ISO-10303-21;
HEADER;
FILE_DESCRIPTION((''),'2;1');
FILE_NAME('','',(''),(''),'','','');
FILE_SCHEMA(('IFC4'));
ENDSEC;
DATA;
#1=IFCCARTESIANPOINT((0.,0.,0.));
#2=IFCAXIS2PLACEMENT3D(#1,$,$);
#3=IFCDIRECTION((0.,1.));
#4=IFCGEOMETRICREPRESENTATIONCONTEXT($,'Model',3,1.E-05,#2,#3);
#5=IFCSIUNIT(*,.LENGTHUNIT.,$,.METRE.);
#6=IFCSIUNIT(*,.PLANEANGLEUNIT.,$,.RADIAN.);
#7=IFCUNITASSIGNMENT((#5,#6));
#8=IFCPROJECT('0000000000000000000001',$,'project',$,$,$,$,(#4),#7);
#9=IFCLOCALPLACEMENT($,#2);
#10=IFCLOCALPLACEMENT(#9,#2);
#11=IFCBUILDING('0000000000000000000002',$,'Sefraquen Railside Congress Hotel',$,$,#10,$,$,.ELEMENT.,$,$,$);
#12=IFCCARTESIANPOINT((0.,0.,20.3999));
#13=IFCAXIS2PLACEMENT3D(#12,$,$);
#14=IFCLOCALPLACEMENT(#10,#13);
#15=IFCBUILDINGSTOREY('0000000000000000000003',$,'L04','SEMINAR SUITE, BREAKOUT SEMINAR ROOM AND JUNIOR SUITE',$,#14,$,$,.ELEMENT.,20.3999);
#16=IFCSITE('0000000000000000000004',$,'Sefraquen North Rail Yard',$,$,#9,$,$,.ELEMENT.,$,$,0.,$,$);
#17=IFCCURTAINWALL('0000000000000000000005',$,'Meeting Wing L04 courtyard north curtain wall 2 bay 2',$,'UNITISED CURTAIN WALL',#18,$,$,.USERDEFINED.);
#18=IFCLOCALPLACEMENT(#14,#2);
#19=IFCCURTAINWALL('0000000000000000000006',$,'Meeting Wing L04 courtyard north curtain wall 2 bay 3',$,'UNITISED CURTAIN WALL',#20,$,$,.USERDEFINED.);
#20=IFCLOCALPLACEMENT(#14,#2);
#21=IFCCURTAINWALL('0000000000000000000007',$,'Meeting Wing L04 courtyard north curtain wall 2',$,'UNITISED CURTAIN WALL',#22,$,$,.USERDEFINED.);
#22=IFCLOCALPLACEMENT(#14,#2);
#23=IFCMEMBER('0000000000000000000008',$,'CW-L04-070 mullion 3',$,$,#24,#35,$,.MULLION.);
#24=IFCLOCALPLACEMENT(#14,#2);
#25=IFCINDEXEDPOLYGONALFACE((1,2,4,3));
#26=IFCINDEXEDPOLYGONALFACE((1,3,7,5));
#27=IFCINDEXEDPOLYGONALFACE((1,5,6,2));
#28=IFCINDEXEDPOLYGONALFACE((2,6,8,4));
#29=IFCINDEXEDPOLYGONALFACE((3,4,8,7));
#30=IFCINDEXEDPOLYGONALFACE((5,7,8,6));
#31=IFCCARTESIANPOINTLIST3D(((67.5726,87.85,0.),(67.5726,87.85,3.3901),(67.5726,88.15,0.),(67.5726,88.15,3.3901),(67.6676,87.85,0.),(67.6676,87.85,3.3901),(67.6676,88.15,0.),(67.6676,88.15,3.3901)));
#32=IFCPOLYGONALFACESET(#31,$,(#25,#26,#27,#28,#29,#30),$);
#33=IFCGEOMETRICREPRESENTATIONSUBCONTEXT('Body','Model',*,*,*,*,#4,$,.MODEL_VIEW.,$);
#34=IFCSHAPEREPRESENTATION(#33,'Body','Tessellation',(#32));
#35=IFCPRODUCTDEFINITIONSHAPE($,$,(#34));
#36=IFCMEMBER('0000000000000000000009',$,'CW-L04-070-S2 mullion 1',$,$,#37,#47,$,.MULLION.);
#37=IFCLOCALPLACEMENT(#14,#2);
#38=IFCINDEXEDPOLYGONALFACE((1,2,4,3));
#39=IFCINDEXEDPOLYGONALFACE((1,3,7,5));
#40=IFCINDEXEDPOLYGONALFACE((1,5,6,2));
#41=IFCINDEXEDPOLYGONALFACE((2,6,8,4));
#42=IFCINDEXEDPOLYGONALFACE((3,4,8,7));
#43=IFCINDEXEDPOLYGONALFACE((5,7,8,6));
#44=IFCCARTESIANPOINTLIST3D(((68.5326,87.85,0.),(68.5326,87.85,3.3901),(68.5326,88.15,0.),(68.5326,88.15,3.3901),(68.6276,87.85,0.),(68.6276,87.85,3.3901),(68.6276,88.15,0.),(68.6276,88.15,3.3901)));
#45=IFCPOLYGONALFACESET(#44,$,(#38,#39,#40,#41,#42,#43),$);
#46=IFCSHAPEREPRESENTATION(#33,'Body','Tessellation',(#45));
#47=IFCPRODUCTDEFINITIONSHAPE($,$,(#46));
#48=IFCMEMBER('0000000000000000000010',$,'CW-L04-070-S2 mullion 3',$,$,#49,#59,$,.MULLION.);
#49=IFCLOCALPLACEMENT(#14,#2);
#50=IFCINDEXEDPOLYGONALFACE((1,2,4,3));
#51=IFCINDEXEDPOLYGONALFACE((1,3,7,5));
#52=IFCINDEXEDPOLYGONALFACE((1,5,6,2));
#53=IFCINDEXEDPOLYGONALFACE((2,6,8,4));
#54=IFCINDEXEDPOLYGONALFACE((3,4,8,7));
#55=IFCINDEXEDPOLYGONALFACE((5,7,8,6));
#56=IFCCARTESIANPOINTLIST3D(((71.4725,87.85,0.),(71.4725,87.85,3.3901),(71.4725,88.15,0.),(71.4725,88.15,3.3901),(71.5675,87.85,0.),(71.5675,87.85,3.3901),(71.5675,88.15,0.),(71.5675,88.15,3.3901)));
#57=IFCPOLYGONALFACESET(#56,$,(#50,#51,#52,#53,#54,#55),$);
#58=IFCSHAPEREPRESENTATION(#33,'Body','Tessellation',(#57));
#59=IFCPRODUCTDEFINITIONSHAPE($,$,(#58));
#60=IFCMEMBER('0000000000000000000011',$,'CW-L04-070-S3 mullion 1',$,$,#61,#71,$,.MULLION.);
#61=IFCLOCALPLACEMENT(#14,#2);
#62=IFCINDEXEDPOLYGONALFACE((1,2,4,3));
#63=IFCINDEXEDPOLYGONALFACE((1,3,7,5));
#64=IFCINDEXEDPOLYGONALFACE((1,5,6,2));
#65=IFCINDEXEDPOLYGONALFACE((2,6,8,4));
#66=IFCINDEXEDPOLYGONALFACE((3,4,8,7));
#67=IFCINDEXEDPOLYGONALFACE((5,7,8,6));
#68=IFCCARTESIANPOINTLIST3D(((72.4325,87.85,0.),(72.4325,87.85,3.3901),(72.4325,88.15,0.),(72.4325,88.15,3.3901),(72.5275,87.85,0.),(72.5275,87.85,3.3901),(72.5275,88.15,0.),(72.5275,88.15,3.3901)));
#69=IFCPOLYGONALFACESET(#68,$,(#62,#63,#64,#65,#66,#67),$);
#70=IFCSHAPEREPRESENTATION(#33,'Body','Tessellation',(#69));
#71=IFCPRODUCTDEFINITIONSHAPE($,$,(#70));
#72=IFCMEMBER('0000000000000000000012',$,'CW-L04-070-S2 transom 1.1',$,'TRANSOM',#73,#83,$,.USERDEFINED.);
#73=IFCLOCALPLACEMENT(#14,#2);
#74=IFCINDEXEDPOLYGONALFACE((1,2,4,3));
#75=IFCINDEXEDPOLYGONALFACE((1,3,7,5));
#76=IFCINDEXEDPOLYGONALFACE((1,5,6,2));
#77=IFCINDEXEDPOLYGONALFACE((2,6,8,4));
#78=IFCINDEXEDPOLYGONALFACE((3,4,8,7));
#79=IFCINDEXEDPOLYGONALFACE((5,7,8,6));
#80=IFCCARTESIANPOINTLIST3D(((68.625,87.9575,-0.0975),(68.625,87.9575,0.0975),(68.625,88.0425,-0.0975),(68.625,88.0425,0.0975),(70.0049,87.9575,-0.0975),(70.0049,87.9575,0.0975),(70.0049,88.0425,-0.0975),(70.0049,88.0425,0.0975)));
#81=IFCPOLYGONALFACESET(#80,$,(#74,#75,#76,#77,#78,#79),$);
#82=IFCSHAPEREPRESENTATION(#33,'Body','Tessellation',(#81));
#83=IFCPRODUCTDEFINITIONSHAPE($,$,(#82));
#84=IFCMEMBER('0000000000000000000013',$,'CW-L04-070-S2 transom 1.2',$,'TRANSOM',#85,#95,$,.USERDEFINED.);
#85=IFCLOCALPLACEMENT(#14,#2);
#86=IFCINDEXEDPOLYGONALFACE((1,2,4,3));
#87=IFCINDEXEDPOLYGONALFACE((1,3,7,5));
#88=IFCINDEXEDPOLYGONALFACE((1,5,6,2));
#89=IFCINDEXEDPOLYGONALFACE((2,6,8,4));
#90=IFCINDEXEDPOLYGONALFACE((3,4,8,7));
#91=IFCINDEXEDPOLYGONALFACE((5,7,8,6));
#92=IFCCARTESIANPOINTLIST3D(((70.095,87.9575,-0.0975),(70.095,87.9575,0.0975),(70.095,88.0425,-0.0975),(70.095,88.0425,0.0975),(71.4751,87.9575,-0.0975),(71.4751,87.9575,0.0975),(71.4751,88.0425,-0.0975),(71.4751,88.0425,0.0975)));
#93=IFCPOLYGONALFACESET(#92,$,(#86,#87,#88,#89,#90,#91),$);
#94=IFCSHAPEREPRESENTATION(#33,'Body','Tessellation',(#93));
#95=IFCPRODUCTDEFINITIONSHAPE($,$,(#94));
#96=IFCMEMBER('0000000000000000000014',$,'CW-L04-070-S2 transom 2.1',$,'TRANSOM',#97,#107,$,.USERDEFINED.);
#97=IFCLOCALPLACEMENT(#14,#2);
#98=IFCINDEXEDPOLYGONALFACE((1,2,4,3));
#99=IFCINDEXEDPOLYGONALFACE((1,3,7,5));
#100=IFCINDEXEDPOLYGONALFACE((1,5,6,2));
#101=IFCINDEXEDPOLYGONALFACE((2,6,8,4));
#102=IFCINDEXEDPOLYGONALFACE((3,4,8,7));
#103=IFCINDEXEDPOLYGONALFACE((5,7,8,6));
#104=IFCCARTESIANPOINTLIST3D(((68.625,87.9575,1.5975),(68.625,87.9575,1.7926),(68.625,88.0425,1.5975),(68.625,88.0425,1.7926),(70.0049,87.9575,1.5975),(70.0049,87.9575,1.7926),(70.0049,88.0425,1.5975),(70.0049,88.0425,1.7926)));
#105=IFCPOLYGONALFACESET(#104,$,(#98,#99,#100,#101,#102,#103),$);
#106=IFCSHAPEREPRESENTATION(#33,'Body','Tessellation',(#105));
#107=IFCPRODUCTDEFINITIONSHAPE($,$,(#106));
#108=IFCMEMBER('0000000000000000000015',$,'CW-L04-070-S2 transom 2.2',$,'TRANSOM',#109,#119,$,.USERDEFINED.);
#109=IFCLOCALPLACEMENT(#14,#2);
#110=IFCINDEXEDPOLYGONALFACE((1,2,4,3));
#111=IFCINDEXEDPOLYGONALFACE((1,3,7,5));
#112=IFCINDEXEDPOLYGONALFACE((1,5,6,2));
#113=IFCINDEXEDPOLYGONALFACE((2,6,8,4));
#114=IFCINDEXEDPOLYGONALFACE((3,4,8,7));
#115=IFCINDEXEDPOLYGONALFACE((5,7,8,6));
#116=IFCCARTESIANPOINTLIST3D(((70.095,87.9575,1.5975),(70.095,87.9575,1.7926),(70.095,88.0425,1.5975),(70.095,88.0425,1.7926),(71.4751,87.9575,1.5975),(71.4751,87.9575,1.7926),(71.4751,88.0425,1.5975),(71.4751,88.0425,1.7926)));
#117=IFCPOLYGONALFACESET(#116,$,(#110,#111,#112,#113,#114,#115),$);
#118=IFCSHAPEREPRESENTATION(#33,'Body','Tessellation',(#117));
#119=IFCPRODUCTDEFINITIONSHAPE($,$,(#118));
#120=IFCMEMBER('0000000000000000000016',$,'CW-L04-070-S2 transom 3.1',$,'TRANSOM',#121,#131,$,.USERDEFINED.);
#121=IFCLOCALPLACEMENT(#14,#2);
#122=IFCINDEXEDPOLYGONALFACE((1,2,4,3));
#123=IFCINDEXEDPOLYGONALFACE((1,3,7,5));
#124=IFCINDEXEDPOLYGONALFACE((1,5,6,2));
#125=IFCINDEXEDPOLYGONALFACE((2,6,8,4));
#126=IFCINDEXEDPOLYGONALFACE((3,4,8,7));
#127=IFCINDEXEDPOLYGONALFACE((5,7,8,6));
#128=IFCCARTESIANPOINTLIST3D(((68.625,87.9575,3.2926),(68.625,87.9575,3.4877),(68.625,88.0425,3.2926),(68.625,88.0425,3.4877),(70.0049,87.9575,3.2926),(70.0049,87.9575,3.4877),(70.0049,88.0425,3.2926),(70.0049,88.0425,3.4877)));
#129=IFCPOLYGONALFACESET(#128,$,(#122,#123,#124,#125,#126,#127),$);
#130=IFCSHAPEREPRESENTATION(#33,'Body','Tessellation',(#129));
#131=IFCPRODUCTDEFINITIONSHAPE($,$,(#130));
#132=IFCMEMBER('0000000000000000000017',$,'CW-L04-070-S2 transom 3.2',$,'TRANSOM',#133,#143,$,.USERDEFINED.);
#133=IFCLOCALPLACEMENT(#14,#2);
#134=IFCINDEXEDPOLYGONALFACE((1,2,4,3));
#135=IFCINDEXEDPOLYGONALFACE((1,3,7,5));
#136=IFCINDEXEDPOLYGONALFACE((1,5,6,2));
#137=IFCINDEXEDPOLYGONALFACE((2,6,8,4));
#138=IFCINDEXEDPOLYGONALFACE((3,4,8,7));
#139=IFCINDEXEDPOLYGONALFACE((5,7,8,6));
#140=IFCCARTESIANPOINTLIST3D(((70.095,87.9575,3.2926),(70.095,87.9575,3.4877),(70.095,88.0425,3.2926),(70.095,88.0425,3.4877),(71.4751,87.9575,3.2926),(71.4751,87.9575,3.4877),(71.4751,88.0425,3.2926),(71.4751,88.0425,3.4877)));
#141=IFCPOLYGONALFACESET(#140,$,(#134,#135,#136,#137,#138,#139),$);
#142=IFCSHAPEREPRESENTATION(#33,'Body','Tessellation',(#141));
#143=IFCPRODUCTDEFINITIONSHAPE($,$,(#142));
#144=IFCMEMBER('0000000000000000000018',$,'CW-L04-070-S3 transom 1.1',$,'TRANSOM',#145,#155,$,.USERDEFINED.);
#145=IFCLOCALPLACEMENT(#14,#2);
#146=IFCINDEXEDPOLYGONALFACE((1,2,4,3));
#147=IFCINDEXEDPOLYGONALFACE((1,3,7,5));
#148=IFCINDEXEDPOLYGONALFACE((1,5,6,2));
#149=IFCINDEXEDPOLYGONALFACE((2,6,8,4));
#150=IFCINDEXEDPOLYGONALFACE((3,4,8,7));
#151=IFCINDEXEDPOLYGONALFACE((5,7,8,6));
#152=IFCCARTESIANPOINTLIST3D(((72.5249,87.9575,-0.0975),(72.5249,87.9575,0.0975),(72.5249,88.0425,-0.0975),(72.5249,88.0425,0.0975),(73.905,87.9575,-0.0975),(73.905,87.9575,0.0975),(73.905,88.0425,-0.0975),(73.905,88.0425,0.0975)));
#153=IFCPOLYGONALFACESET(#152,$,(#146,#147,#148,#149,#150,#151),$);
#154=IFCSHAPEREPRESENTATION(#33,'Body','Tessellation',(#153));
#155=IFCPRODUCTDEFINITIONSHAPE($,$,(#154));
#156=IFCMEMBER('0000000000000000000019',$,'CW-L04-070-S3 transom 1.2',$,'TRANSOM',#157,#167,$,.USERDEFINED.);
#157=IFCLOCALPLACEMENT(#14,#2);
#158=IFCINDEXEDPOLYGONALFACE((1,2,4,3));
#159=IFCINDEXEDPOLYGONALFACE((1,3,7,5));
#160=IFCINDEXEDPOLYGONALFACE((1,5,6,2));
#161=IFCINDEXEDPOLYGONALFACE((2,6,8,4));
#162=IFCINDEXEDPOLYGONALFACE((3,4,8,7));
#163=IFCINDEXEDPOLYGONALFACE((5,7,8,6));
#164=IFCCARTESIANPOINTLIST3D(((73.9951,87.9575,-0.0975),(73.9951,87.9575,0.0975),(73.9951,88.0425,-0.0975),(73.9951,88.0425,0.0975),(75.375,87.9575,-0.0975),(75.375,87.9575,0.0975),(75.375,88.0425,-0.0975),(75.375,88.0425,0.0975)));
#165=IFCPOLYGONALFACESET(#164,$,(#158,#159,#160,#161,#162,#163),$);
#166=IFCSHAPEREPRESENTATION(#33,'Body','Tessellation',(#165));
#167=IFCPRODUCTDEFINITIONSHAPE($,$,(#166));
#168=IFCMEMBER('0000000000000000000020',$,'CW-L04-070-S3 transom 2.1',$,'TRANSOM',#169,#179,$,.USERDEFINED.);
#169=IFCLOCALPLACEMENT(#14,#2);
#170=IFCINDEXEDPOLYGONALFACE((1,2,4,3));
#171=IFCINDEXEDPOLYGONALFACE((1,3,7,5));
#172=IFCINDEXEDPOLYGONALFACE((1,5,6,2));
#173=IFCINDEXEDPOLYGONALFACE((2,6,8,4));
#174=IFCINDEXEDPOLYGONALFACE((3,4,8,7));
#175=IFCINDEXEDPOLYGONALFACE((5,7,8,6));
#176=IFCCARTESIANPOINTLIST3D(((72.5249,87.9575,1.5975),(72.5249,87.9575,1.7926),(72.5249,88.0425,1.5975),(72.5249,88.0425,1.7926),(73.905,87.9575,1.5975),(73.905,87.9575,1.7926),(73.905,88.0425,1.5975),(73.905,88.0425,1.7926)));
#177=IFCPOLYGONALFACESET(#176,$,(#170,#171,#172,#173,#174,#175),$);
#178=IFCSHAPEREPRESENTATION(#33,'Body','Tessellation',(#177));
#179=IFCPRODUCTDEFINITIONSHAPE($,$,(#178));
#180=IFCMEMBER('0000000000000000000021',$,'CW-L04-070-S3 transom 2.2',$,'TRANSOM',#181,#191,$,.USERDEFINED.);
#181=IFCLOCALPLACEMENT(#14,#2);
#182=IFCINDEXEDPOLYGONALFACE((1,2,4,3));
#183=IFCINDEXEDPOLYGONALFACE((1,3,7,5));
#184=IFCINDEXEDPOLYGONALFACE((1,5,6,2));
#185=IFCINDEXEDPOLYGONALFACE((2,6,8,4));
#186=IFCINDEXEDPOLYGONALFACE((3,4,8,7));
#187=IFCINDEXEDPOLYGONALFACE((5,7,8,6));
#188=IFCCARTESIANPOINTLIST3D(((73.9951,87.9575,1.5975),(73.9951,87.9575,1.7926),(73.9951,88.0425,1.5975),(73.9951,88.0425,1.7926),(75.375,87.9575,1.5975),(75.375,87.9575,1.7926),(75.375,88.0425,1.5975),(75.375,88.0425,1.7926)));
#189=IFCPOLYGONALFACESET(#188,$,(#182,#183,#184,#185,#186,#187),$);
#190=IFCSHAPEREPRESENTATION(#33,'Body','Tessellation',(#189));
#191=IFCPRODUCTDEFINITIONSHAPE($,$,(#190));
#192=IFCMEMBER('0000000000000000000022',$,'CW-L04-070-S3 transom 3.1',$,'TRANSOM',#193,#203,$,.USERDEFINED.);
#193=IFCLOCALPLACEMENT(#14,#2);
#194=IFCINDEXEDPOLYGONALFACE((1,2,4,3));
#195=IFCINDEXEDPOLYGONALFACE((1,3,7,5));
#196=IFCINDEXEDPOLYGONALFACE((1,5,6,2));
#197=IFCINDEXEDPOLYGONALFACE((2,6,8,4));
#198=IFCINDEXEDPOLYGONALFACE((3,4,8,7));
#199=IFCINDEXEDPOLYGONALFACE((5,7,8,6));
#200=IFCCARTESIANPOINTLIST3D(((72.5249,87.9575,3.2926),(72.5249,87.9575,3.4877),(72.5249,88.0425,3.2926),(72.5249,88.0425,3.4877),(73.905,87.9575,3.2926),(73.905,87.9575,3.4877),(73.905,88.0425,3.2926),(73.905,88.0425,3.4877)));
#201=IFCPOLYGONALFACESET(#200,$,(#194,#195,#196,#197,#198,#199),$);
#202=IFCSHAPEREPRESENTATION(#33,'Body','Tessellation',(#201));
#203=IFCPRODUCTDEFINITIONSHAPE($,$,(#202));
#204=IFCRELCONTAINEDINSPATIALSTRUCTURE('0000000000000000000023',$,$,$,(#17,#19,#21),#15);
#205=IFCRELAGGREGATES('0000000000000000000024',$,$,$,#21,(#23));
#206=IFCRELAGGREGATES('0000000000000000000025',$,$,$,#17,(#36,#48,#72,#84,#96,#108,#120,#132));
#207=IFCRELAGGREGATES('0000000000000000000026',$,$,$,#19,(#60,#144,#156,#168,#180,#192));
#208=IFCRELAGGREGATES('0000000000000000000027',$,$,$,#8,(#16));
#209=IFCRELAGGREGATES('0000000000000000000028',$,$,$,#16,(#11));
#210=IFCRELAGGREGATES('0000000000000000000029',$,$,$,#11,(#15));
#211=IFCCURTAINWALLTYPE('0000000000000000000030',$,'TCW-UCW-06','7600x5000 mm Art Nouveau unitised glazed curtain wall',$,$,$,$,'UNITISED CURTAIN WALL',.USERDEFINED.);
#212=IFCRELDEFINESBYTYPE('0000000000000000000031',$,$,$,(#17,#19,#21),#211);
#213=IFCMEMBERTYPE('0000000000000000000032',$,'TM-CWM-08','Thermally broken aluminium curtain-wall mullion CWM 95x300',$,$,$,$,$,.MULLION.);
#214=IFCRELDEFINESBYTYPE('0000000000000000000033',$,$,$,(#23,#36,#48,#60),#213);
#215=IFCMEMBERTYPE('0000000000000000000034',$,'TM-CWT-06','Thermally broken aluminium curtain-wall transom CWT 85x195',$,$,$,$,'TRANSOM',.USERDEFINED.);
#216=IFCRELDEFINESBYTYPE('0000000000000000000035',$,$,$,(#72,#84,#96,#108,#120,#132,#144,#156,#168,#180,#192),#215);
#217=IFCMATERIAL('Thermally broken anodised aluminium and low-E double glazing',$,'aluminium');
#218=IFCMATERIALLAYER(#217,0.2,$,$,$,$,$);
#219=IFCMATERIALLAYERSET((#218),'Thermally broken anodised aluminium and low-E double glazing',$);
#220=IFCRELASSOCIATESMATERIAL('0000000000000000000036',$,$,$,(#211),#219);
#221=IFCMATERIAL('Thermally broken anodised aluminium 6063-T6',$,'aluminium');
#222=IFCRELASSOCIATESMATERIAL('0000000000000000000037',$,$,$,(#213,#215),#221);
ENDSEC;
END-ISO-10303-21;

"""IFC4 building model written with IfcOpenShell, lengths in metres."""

from ifc_helpers import new_model, si_unit, direction, frame, origin, origin_2d, place, context, subcontext, project, spatial, rectangle, extrude, material, layer, layer_set, material_profile, profile_set, type_object, element, aggregate, save


model = new_model("IFC4")

# Units and contexts
model_context = context("Model", 3, precision=1e-05, world=origin(), true_north=direction((0.0, 1.0)))
body_context = subcontext(model_context, "Body", "Model", "MODEL_VIEW")
ifc_project = project(units=[si_unit("LENGTHUNIT", "METRE"), si_unit("PLANEANGLEUNIT", "RADIAN")], contexts=[model_context])

# Site, building, storey
site_placement = place(None, origin())
site = spatial("IfcSite", under=ifc_project, at=site_placement, Name="Sefraquen North Rail Yard", CompositionType="ELEMENT", RefElevation=0.0)
building_placement = place(site_placement, origin())
building = spatial("IfcBuilding", under=site, at=building_placement, Name="Sefraquen Railside Congress Hotel", CompositionType="ELEMENT")
storey_placement = place(building_placement, frame((0.0, 0.0, 20.3999)))
storey = spatial("IfcBuildingStorey", under=building, at=storey_placement, Name="L04", Description="SEMINAR SUITE, BREAKOUT SEMINAR ROOM AND JUNIOR SUITE", CompositionType="ELEMENT", Elevation=20.3999)

# Curtain walls, member
ifc_material_1 = material(Name="Thermally broken anodised aluminium and low-E double glazing", Category="aluminium")
ifc_layer_1 = layer(ifc_material_1, 0.2)
ifc_layer_set_1 = layer_set([ifc_layer_1], Name="Thermally broken anodised aluminium and low-E double glazing")
curtain_wall_type = type_object("IfcCurtainWallType", Name="TCW-UCW-06", Description="7600x5000 mm Art Nouveau unitised glazed curtain wall", ElementType="UNITISED CURTAIN WALL", PredefinedType="USERDEFINED", material=ifc_layer_set_1)
curtain_wall_1_placement = place(storey_placement, origin())
curtain_wall_1 = element("IfcCurtainWall", 1, at=curtain_wall_1_placement, inside=storey, type_object=curtain_wall_type, Name="Meeting Wing L04 courtyard north curtain wall 2 bay 2", ObjectType="UNITISED CURTAIN WALL", PredefinedType="USERDEFINED")
ifc_material_2 = material(Name="Thermally broken anodised aluminium 6063-T6", Category="aluminium")
curtain_wall_2_placement = place(storey_placement, origin())
curtain_wall_2 = element("IfcCurtainWall", 2, at=curtain_wall_2_placement, inside=storey, type_object=curtain_wall_type, Name="Meeting Wing L04 courtyard north curtain wall 2 bay 3", ObjectType="UNITISED CURTAIN WALL", PredefinedType="USERDEFINED")
curtain_wall_3_placement = place(storey_placement, origin())
curtain_wall_3 = element("IfcCurtainWall", 3, at=curtain_wall_3_placement, inside=storey, type_object=curtain_wall_type, Name="Meeting Wing L04 courtyard north curtain wall 2", ObjectType="UNITISED CURTAIN WALL", PredefinedType="USERDEFINED")
ifc_material_profile_1 = material_profile(ifc_material_2, rectangle(XDim=0.095, YDim=0.3, at=origin_2d()), Name="CWM 95x300")
ifc_profile_set_1 = profile_set([ifc_material_profile_1], Name="Thermally broken anodised aluminium 6063-T6")
member_type_1 = type_object("IfcMemberType", Name="TM-CWM-08", Description="Thermally broken aluminium curtain-wall mullion CWM 95x300", PredefinedType="MULLION", material=ifc_profile_set_1)
member_1_placement = place(storey_placement, frame((67.6201, 88.0, 0.0), z_axis=(0.0, 0.0, 1.0), x_axis=(1.0, 0.0, 0.0)))
member_1 = element("IfcMember", 4, at=member_1_placement, type_object=member_type_1, Name="CW-L04-070 mullion 3", PredefinedType="MULLION", context=body_context, shape_type="SweptSolid", body=[
    extrude(rectangle(XDim=0.095, YDim=0.3, at=origin_2d()), origin(), (0.0, 0.0, 1.0), 3.3901),
])

# Members
member_2_placement = place(storey_placement, frame((68.5801, 88.0, 0.0), z_axis=(0.0, 0.0, 1.0), x_axis=(1.0, 0.0, 0.0)))
member_2 = element("IfcMember", 5, at=member_2_placement, type_object=member_type_1, Name="CW-L04-070-S2 mullion 1", PredefinedType="MULLION", context=body_context, shape_type="SweptSolid", body=[
    extrude(rectangle(XDim=0.095, YDim=0.3, at=origin_2d()), origin(), (0.0, 0.0, 1.0), 3.3901),
])
member_3_placement = place(storey_placement, frame((71.52, 88.0, 0.0), z_axis=(0.0, 0.0, 1.0), x_axis=(1.0, 0.0, 0.0)))
member_3 = element("IfcMember", 6, at=member_3_placement, type_object=member_type_1, Name="CW-L04-070-S2 mullion 3", PredefinedType="MULLION", context=body_context, shape_type="SweptSolid", body=[
    extrude(rectangle(XDim=0.095, YDim=0.3, at=origin_2d()), origin(), (0.0, 0.0, 1.0), 3.3901),
])
member_4_placement = place(storey_placement, frame((72.48, 88.0, 0.0), z_axis=(0.0, 0.0, 1.0), x_axis=(1.0, 0.0, 0.0)))
member_4 = element("IfcMember", 7, at=member_4_placement, type_object=member_type_1, Name="CW-L04-070-S3 mullion 1", PredefinedType="MULLION", context=body_context, shape_type="SweptSolid", body=[
    extrude(rectangle(XDim=0.095, YDim=0.3, at=origin_2d()), origin(), (0.0, 0.0, 1.0), 3.3901),
])
ifc_material_profile_2 = material_profile(ifc_material_2, rectangle(XDim=0.085, YDim=0.1951, at=origin_2d()), Name="CWT 85x195")
ifc_profile_set_2 = profile_set([ifc_material_profile_2], Name="Thermally broken anodised aluminium 6063-T6")
member_type_2 = type_object("IfcMemberType", Name="TM-CWT-06", Description="Thermally broken aluminium curtain-wall transom CWT 85x195", ElementType="TRANSOM", PredefinedType="USERDEFINED", material=ifc_profile_set_2)
member_5_placement = place(storey_placement, frame((68.625, 88.0, 0.0), z_axis=(1.0, 0.0, 0.0), x_axis=(0.0, 1.0, 0.0)))
member_5 = element("IfcMember", 8, at=member_5_placement, type_object=member_type_2, Name="CW-L04-070-S2 transom 1.1", ObjectType="TRANSOM", PredefinedType="USERDEFINED", context=body_context, shape_type="SweptSolid", body=[
    extrude(rectangle(XDim=0.085, YDim=0.1951, at=origin_2d()), origin(), (0.0, 0.0, 1.0), 1.3799),
])
member_6_placement = place(storey_placement, frame((70.095, 88.0, 0.0), z_axis=(1.0, 0.0, 0.0), x_axis=(0.0, 1.0, 0.0)))
member_6 = element("IfcMember", 9, at=member_6_placement, type_object=member_type_2, Name="CW-L04-070-S2 transom 1.2", ObjectType="TRANSOM", PredefinedType="USERDEFINED", context=body_context, shape_type="SweptSolid", body=[
    extrude(rectangle(XDim=0.085, YDim=0.1951, at=origin_2d()), origin(), (0.0, 0.0, 1.0), 1.3801),
])
member_7_placement = place(storey_placement, frame((68.625, 88.0, 1.6951), z_axis=(1.0, 0.0, 0.0), x_axis=(0.0, 1.0, 0.0)))
member_7 = element("IfcMember", 10, at=member_7_placement, type_object=member_type_2, Name="CW-L04-070-S2 transom 2.1", ObjectType="TRANSOM", PredefinedType="USERDEFINED", context=body_context, shape_type="SweptSolid", body=[
    extrude(rectangle(XDim=0.085, YDim=0.1951, at=origin_2d()), origin(), (0.0, 0.0, 1.0), 1.3799),
])
member_8_placement = place(storey_placement, frame((70.095, 88.0, 1.6951), z_axis=(1.0, 0.0, 0.0), x_axis=(0.0, 1.0, 0.0)))
member_8 = element("IfcMember", 11, at=member_8_placement, type_object=member_type_2, Name="CW-L04-070-S2 transom 2.2", ObjectType="TRANSOM", PredefinedType="USERDEFINED", context=body_context, shape_type="SweptSolid", body=[
    extrude(rectangle(XDim=0.085, YDim=0.1951, at=origin_2d()), origin(), (0.0, 0.0, 1.0), 1.3801),
])
member_9_placement = place(storey_placement, frame((68.625, 88.0, 3.3901), z_axis=(1.0, 0.0, 0.0), x_axis=(0.0, 1.0, 0.0)))
member_9 = element("IfcMember", 12, at=member_9_placement, type_object=member_type_2, Name="CW-L04-070-S2 transom 3.1", ObjectType="TRANSOM", PredefinedType="USERDEFINED", context=body_context, shape_type="SweptSolid", body=[
    extrude(rectangle(XDim=0.085, YDim=0.1951, at=origin_2d()), origin(), (0.0, 0.0, 1.0), 1.3799),
])
member_10_placement = place(storey_placement, frame((70.095, 88.0, 3.3901), z_axis=(1.0, 0.0, 0.0), x_axis=(0.0, 1.0, 0.0)))
member_10 = element("IfcMember", 13, at=member_10_placement, type_object=member_type_2, Name="CW-L04-070-S2 transom 3.2", ObjectType="TRANSOM", PredefinedType="USERDEFINED", context=body_context, shape_type="SweptSolid", body=[
    extrude(rectangle(XDim=0.085, YDim=0.1951, at=origin_2d()), origin(), (0.0, 0.0, 1.0), 1.3801),
])
member_11_placement = place(storey_placement, frame((72.5249, 88.0, 0.0), z_axis=(1.0, 0.0, 0.0), x_axis=(0.0, 1.0, 0.0)))
member_11 = element("IfcMember", 14, at=member_11_placement, type_object=member_type_2, Name="CW-L04-070-S3 transom 1.1", ObjectType="TRANSOM", PredefinedType="USERDEFINED", context=body_context, shape_type="SweptSolid", body=[
    extrude(rectangle(XDim=0.085, YDim=0.1951, at=origin_2d()), origin(), (0.0, 0.0, 1.0), 1.3801),
])
member_12_placement = place(storey_placement, frame((73.9951, 88.0, 0.0), z_axis=(1.0, 0.0, 0.0), x_axis=(0.0, 1.0, 0.0)))
member_12 = element("IfcMember", 15, at=member_12_placement, type_object=member_type_2, Name="CW-L04-070-S3 transom 1.2", ObjectType="TRANSOM", PredefinedType="USERDEFINED", context=body_context, shape_type="SweptSolid", body=[
    extrude(rectangle(XDim=0.085, YDim=0.1951, at=origin_2d()), origin(), (0.0, 0.0, 1.0), 1.3799),
])
member_13_placement = place(storey_placement, frame((72.5249, 88.0, 1.6951), z_axis=(1.0, 0.0, 0.0), x_axis=(0.0, 1.0, 0.0)))
member_13 = element("IfcMember", 16, at=member_13_placement, type_object=member_type_2, Name="CW-L04-070-S3 transom 2.1", ObjectType="TRANSOM", PredefinedType="USERDEFINED", context=body_context, shape_type="SweptSolid", body=[
    extrude(rectangle(XDim=0.085, YDim=0.1951, at=origin_2d()), origin(), (0.0, 0.0, 1.0), 1.3801),
])
member_14_placement = place(storey_placement, frame((73.9951, 88.0, 1.6951), z_axis=(1.0, 0.0, 0.0), x_axis=(0.0, 1.0, 0.0)))
member_14 = element("IfcMember", 17, at=member_14_placement, type_object=member_type_2, Name="CW-L04-070-S3 transom 2.2", ObjectType="TRANSOM", PredefinedType="USERDEFINED", context=body_context, shape_type="SweptSolid", body=[
    extrude(rectangle(XDim=0.085, YDim=0.1951, at=origin_2d()), origin(), (0.0, 0.0, 1.0), 1.3799),
])
member_15_placement = place(storey_placement, frame((72.5249, 88.0, 3.3901), z_axis=(1.0, 0.0, 0.0), x_axis=(0.0, 1.0, 0.0)))
member_15 = element("IfcMember", 18, at=member_15_placement, type_object=member_type_2, Name="CW-L04-070-S3 transom 3.1", ObjectType="TRANSOM", PredefinedType="USERDEFINED", context=body_context, shape_type="SweptSolid", body=[
    extrude(rectangle(XDim=0.085, YDim=0.1951, at=origin_2d()), origin(), (0.0, 0.0, 1.0), 1.3801),
])

aggregate(curtain_wall_3, [member_1])
aggregate(curtain_wall_1, [member_2, member_3, member_5, member_6, member_7, member_8, member_9, member_10])
aggregate(curtain_wall_2, [member_4, member_11, member_12, member_13, member_14, member_15])

save(model, "model.ifc")
